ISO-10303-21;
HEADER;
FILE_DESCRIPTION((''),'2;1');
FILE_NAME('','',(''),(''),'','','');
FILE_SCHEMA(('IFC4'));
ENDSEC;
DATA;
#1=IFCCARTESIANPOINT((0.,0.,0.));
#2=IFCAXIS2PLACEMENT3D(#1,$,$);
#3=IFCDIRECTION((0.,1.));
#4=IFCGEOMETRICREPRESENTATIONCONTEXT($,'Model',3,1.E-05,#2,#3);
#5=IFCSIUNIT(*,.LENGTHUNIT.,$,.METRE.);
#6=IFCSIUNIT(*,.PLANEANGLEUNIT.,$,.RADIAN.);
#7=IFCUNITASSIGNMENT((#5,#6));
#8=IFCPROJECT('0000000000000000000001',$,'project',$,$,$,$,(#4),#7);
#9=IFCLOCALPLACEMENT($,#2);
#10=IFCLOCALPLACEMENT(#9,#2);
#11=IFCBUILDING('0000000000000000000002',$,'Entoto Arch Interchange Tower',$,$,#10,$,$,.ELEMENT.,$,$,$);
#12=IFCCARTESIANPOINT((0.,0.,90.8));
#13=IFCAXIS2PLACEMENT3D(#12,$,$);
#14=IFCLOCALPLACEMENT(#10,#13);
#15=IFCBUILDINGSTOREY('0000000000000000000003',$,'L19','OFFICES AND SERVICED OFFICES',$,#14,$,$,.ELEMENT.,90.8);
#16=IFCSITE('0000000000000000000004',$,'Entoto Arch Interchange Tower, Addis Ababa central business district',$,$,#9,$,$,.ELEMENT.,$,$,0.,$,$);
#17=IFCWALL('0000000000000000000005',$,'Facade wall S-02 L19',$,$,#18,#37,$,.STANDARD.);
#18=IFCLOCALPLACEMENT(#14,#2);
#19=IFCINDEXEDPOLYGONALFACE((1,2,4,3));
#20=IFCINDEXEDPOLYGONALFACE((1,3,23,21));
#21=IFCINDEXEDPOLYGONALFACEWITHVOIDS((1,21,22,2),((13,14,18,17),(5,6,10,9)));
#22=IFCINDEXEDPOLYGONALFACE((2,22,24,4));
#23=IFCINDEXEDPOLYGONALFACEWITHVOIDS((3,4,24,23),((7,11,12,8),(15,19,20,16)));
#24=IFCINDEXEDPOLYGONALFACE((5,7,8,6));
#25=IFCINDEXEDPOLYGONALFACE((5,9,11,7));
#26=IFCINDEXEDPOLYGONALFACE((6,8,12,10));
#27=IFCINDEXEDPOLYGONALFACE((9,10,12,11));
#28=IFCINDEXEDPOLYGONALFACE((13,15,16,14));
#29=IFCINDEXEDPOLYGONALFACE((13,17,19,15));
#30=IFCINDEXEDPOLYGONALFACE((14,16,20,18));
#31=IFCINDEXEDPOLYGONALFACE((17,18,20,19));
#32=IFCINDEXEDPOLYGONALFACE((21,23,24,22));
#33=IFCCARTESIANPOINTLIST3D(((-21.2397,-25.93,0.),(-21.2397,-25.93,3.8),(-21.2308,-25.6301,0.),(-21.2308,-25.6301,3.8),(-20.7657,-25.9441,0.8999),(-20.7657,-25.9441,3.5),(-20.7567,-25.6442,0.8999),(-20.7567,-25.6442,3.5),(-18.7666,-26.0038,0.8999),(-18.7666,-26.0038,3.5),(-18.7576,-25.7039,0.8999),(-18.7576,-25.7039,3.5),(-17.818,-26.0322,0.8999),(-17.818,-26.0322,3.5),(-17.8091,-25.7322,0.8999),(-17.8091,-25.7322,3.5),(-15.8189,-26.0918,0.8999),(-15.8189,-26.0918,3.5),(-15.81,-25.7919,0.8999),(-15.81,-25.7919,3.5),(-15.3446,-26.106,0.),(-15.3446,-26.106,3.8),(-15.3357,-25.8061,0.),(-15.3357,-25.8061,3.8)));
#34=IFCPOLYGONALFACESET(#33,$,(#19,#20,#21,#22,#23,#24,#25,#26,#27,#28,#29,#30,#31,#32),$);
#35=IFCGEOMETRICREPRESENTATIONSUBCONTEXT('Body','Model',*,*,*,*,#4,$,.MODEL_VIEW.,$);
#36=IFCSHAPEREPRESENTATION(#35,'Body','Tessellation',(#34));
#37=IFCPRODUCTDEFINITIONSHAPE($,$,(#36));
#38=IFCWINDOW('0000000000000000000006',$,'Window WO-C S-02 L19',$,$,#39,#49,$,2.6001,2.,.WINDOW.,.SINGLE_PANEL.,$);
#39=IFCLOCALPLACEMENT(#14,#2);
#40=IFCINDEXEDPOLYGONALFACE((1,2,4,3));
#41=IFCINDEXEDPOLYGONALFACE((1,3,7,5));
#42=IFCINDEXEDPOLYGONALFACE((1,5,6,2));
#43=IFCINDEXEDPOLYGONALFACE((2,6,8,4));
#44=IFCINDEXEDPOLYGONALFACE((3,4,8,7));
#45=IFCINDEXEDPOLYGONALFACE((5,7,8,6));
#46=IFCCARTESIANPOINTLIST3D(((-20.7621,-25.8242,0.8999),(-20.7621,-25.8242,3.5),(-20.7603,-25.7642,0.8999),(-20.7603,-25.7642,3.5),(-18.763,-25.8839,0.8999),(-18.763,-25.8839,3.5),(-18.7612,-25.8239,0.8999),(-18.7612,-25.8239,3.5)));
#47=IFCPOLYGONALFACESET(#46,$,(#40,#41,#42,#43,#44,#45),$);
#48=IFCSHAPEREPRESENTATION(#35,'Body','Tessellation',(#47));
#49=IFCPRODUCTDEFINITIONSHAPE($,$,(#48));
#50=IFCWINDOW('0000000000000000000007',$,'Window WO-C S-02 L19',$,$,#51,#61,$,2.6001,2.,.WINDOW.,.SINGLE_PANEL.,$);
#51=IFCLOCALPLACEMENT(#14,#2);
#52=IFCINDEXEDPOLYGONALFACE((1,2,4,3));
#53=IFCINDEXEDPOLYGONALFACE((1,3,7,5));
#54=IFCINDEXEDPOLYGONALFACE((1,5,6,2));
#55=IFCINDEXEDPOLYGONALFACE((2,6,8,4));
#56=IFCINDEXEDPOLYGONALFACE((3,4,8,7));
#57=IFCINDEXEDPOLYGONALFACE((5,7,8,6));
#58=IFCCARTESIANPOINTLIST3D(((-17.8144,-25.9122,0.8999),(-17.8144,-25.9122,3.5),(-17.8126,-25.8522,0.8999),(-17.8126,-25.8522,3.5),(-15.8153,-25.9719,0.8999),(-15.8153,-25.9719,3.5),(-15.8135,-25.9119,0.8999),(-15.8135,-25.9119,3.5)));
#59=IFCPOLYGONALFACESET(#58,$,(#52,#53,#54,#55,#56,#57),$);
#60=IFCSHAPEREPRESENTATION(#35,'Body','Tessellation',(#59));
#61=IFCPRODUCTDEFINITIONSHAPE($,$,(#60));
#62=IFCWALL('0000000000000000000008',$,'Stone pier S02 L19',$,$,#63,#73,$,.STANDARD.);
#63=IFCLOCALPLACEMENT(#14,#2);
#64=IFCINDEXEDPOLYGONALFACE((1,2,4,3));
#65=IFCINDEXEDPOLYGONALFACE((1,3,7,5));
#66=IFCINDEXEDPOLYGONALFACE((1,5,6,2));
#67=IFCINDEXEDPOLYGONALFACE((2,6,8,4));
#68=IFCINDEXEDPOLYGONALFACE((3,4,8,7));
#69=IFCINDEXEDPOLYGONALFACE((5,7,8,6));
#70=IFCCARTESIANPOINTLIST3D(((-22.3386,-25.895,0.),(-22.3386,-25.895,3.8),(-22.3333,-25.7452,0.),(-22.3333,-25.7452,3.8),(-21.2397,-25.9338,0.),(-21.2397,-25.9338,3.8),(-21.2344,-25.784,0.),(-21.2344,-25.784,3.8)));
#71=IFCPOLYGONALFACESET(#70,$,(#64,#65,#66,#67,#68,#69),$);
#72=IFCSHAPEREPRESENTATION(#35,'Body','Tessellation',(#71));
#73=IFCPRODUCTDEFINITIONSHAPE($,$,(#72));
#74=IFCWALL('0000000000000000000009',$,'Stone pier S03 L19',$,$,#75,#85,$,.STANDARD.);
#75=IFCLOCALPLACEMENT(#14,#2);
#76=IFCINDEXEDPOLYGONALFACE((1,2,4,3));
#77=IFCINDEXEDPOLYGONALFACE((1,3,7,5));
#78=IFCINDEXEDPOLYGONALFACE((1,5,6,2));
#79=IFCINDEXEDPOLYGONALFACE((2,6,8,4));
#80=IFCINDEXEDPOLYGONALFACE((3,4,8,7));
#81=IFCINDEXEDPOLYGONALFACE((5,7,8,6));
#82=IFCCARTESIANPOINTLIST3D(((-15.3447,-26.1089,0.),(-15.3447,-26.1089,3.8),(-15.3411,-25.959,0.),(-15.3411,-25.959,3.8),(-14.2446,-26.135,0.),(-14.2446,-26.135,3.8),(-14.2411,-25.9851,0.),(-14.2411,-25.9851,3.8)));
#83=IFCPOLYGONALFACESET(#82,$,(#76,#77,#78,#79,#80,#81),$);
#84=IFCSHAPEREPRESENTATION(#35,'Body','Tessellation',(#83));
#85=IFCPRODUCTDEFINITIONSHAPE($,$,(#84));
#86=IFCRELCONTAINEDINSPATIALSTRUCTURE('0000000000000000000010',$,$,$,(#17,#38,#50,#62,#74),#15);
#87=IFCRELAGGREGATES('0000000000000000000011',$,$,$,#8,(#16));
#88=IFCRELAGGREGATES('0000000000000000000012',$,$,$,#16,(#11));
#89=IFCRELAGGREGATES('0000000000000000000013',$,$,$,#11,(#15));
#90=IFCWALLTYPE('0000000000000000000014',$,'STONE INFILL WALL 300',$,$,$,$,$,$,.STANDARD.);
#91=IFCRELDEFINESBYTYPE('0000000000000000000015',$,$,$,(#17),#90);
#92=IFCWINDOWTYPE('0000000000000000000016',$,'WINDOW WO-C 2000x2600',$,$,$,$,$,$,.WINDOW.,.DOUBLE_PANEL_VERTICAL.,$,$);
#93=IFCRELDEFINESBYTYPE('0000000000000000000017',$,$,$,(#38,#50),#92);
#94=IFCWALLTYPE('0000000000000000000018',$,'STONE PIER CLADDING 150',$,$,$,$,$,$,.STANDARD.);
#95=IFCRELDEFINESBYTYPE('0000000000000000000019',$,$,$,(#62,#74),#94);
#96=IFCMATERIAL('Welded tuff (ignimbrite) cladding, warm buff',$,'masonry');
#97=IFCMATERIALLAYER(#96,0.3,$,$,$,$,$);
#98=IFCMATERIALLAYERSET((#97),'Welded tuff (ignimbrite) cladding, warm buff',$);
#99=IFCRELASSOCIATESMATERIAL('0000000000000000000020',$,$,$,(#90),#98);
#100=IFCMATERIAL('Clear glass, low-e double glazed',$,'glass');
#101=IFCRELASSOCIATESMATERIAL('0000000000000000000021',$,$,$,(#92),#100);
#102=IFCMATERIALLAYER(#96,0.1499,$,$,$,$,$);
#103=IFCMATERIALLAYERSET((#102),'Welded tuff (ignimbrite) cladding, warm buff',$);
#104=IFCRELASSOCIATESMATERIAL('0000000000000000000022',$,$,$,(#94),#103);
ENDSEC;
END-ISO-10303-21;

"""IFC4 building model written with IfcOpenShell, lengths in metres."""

from ifc_helpers import new_model, si_unit, direction, frame, frame_2d, origin, place, context, subcontext, project, spatial, rectangle, extrude, material, layer, layer_set, type_object, element, fill, save


model = new_model("IFC4")

# Units and contexts
model_context = context("Model", 3, precision=1e-05, world=origin(), true_north=direction((0.0, 1.0)))
body_context = subcontext(model_context, "Body", "Model", "MODEL_VIEW")
ifc_project = project(units=[si_unit("LENGTHUNIT", "METRE"), si_unit("PLANEANGLEUNIT", "RADIAN")], contexts=[model_context])

# Site, building, storey
site_placement = place(None, origin())
site = spatial("IfcSite", under=ifc_project, at=site_placement, Name="Entoto Arch Interchange Tower, Addis Ababa central business district", CompositionType="ELEMENT", RefElevation=0.0)
building_placement = place(site_placement, origin())
building = spatial("IfcBuilding", under=site, at=building_placement, Name="Entoto Arch Interchange Tower", CompositionType="ELEMENT")
storey_placement = place(building_placement, frame((0.0, 0.0, 90.8)))
storey = spatial("IfcBuildingStorey", under=building, at=storey_placement, Name="L19", Description="OFFICES AND SERVICED OFFICES", CompositionType="ELEMENT", Elevation=90.8)

# Wall, openings, windows
ifc_material_1 = material(Name="Welded tuff (ignimbrite) cladding, warm buff", Category="masonry")
ifc_layer_1 = layer(ifc_material_1, 0.3)
ifc_layer_set_1 = layer_set([ifc_layer_1], Name="Welded tuff (ignimbrite) cladding, warm buff")
wall_type_1 = type_object("IfcWallType", Name="STONE INFILL WALL 300", PredefinedType="STANDARD", material=ifc_layer_set_1)
wall_1_placement = place(storey_placement, frame((-21.2351, -25.78, 0.0), z_axis=(0.0, 0.0, 1.0), x_axis=(0.999554, -0.029847, 0.0)))
wall_1 = element("IfcWall", 1, at=wall_1_placement, inside=storey, type_object=wall_type_1, Name="Facade wall S-02 L19", PredefinedType="STANDARD", context=body_context, shape_type="SweptSolid", body=[
    extrude(rectangle(XDim=5.8977, YDim=0.3, at=frame_2d((2.9487, 0.0))), origin(), (0.0, 0.0, 1.0), 3.8),
])
opening_1_placement = place(wall_1_placement, frame((0.4741, 0.0, 0.8999)))
opening_1 = element("IfcOpeningElement", 2, at=opening_1_placement, cuts=wall_1, PredefinedType="OPENING", context=body_context, shape_type="SweptSolid", body=[
    extrude(rectangle(XDim=2.0, YDim=2.6001, at=frame_2d((1.0, 1.3))), frame((0.0, 0.1602, 0.0), z_axis=(0.0, -1.0, 0.0), x_axis=(1.0, 0.0, 0.0)), (0.0, 0.0, 1.0), 0.3201),
])
opening_2_placement = place(wall_1_placement, frame((3.4231, 0.0, 0.8999)))
opening_2 = element("IfcOpeningElement", 3, at=opening_2_placement, cuts=wall_1, PredefinedType="OPENING", context=body_context, shape_type="SweptSolid", body=[
    extrude(rectangle(XDim=2.0, YDim=2.6001, at=frame_2d((1.0, 1.3))), frame((0.0, 0.1602, 0.0), z_axis=(0.0, -1.0, 0.0), x_axis=(1.0, 0.0, 0.0)), (0.0, 0.0, 1.0), 0.3201),
])
ifc_material_2 = material(Name="Clear glass, low-e double glazed", Category="glass")
window_type = type_object("IfcWindowType", Name="WINDOW WO-C 2000x2600", PartitioningType="DOUBLE_PANEL_VERTICAL", PredefinedType="WINDOW", material=ifc_material_2)
window_1_placement = place(opening_1_placement, origin())
window_1 = element("IfcWindow", 4, at=window_1_placement, inside=storey, type_object=window_type, Name="Window WO-C S-02 L19", OverallHeight=2.6001, OverallWidth=2.0, PartitioningType="SINGLE_PANEL", PredefinedType="WINDOW", context=body_context, shape_type="SweptSolid", body=[
    extrude(rectangle(XDim=2.0, YDim=2.6001, at=frame_2d((1.0, 1.3))), frame((0.0, 0.03, 0.0), z_axis=(0.0, -1.0, 0.0), x_axis=(1.0, 0.0, 0.0)), (0.0, 0.0, 1.0), 0.0601),
])
fill(opening_1, window_1)
window_2_placement = place(opening_2_placement, origin())
window_2 = element("IfcWindow", 5, at=window_2_placement, inside=storey, type_object=window_type, Name="Window WO-C S-02 L19", OverallHeight=2.6001, OverallWidth=2.0, PartitioningType="SINGLE_PANEL", PredefinedType="WINDOW", context=body_context, shape_type="SweptSolid", body=[
    extrude(rectangle(XDim=2.0, YDim=2.6001, at=frame_2d((1.0, 1.3))), frame((0.0, 0.03, 0.0), z_axis=(0.0, -1.0, 0.0), x_axis=(1.0, 0.0, 0.0)), (0.0, 0.0, 1.0), 0.0601),
])
fill(opening_2, window_2)

# Walls
ifc_layer_2 = layer(ifc_material_1, 0.1499)
ifc_layer_set_2 = layer_set([ifc_layer_2], Name="Welded tuff (ignimbrite) cladding, warm buff")
wall_type_2 = type_object("IfcWallType", Name="STONE PIER CLADDING 150", PredefinedType="STANDARD", material=ifc_layer_set_2)
wall_2_placement = place(storey_placement, frame((-22.3359, -25.8201, 0.0), z_axis=(0.0, 0.0, 1.0), x_axis=(0.999377, -0.035303, 0.0)))
element("IfcWall", 6, at=wall_2_placement, inside=storey, type_object=wall_type_2, Name="Stone pier S02 L19", PredefinedType="STANDARD", context=body_context, shape_type="SweptSolid", body=[
    extrude(rectangle(XDim=1.0996, YDim=0.1499, at=frame_2d((0.5498, 0.0))), origin(), (0.0, 0.0, 1.0), 3.8),
])
wall_3_placement = place(storey_placement, frame((-15.343, -26.0339, 0.0), z_axis=(0.0, 0.0, 1.0), x_axis=(0.999718, -0.023739, 0.0)))
element("IfcWall", 7, at=wall_3_placement, inside=storey, type_object=wall_type_2, Name="Stone pier S03 L19", PredefinedType="STANDARD", context=body_context, shape_type="SweptSolid", body=[
    extrude(rectangle(XDim=1.1003, YDim=0.1499, at=frame_2d((0.5503, 0.0))), origin(), (0.0, 0.0, 1.0), 3.8),
])

save(model, "model.ifc")
